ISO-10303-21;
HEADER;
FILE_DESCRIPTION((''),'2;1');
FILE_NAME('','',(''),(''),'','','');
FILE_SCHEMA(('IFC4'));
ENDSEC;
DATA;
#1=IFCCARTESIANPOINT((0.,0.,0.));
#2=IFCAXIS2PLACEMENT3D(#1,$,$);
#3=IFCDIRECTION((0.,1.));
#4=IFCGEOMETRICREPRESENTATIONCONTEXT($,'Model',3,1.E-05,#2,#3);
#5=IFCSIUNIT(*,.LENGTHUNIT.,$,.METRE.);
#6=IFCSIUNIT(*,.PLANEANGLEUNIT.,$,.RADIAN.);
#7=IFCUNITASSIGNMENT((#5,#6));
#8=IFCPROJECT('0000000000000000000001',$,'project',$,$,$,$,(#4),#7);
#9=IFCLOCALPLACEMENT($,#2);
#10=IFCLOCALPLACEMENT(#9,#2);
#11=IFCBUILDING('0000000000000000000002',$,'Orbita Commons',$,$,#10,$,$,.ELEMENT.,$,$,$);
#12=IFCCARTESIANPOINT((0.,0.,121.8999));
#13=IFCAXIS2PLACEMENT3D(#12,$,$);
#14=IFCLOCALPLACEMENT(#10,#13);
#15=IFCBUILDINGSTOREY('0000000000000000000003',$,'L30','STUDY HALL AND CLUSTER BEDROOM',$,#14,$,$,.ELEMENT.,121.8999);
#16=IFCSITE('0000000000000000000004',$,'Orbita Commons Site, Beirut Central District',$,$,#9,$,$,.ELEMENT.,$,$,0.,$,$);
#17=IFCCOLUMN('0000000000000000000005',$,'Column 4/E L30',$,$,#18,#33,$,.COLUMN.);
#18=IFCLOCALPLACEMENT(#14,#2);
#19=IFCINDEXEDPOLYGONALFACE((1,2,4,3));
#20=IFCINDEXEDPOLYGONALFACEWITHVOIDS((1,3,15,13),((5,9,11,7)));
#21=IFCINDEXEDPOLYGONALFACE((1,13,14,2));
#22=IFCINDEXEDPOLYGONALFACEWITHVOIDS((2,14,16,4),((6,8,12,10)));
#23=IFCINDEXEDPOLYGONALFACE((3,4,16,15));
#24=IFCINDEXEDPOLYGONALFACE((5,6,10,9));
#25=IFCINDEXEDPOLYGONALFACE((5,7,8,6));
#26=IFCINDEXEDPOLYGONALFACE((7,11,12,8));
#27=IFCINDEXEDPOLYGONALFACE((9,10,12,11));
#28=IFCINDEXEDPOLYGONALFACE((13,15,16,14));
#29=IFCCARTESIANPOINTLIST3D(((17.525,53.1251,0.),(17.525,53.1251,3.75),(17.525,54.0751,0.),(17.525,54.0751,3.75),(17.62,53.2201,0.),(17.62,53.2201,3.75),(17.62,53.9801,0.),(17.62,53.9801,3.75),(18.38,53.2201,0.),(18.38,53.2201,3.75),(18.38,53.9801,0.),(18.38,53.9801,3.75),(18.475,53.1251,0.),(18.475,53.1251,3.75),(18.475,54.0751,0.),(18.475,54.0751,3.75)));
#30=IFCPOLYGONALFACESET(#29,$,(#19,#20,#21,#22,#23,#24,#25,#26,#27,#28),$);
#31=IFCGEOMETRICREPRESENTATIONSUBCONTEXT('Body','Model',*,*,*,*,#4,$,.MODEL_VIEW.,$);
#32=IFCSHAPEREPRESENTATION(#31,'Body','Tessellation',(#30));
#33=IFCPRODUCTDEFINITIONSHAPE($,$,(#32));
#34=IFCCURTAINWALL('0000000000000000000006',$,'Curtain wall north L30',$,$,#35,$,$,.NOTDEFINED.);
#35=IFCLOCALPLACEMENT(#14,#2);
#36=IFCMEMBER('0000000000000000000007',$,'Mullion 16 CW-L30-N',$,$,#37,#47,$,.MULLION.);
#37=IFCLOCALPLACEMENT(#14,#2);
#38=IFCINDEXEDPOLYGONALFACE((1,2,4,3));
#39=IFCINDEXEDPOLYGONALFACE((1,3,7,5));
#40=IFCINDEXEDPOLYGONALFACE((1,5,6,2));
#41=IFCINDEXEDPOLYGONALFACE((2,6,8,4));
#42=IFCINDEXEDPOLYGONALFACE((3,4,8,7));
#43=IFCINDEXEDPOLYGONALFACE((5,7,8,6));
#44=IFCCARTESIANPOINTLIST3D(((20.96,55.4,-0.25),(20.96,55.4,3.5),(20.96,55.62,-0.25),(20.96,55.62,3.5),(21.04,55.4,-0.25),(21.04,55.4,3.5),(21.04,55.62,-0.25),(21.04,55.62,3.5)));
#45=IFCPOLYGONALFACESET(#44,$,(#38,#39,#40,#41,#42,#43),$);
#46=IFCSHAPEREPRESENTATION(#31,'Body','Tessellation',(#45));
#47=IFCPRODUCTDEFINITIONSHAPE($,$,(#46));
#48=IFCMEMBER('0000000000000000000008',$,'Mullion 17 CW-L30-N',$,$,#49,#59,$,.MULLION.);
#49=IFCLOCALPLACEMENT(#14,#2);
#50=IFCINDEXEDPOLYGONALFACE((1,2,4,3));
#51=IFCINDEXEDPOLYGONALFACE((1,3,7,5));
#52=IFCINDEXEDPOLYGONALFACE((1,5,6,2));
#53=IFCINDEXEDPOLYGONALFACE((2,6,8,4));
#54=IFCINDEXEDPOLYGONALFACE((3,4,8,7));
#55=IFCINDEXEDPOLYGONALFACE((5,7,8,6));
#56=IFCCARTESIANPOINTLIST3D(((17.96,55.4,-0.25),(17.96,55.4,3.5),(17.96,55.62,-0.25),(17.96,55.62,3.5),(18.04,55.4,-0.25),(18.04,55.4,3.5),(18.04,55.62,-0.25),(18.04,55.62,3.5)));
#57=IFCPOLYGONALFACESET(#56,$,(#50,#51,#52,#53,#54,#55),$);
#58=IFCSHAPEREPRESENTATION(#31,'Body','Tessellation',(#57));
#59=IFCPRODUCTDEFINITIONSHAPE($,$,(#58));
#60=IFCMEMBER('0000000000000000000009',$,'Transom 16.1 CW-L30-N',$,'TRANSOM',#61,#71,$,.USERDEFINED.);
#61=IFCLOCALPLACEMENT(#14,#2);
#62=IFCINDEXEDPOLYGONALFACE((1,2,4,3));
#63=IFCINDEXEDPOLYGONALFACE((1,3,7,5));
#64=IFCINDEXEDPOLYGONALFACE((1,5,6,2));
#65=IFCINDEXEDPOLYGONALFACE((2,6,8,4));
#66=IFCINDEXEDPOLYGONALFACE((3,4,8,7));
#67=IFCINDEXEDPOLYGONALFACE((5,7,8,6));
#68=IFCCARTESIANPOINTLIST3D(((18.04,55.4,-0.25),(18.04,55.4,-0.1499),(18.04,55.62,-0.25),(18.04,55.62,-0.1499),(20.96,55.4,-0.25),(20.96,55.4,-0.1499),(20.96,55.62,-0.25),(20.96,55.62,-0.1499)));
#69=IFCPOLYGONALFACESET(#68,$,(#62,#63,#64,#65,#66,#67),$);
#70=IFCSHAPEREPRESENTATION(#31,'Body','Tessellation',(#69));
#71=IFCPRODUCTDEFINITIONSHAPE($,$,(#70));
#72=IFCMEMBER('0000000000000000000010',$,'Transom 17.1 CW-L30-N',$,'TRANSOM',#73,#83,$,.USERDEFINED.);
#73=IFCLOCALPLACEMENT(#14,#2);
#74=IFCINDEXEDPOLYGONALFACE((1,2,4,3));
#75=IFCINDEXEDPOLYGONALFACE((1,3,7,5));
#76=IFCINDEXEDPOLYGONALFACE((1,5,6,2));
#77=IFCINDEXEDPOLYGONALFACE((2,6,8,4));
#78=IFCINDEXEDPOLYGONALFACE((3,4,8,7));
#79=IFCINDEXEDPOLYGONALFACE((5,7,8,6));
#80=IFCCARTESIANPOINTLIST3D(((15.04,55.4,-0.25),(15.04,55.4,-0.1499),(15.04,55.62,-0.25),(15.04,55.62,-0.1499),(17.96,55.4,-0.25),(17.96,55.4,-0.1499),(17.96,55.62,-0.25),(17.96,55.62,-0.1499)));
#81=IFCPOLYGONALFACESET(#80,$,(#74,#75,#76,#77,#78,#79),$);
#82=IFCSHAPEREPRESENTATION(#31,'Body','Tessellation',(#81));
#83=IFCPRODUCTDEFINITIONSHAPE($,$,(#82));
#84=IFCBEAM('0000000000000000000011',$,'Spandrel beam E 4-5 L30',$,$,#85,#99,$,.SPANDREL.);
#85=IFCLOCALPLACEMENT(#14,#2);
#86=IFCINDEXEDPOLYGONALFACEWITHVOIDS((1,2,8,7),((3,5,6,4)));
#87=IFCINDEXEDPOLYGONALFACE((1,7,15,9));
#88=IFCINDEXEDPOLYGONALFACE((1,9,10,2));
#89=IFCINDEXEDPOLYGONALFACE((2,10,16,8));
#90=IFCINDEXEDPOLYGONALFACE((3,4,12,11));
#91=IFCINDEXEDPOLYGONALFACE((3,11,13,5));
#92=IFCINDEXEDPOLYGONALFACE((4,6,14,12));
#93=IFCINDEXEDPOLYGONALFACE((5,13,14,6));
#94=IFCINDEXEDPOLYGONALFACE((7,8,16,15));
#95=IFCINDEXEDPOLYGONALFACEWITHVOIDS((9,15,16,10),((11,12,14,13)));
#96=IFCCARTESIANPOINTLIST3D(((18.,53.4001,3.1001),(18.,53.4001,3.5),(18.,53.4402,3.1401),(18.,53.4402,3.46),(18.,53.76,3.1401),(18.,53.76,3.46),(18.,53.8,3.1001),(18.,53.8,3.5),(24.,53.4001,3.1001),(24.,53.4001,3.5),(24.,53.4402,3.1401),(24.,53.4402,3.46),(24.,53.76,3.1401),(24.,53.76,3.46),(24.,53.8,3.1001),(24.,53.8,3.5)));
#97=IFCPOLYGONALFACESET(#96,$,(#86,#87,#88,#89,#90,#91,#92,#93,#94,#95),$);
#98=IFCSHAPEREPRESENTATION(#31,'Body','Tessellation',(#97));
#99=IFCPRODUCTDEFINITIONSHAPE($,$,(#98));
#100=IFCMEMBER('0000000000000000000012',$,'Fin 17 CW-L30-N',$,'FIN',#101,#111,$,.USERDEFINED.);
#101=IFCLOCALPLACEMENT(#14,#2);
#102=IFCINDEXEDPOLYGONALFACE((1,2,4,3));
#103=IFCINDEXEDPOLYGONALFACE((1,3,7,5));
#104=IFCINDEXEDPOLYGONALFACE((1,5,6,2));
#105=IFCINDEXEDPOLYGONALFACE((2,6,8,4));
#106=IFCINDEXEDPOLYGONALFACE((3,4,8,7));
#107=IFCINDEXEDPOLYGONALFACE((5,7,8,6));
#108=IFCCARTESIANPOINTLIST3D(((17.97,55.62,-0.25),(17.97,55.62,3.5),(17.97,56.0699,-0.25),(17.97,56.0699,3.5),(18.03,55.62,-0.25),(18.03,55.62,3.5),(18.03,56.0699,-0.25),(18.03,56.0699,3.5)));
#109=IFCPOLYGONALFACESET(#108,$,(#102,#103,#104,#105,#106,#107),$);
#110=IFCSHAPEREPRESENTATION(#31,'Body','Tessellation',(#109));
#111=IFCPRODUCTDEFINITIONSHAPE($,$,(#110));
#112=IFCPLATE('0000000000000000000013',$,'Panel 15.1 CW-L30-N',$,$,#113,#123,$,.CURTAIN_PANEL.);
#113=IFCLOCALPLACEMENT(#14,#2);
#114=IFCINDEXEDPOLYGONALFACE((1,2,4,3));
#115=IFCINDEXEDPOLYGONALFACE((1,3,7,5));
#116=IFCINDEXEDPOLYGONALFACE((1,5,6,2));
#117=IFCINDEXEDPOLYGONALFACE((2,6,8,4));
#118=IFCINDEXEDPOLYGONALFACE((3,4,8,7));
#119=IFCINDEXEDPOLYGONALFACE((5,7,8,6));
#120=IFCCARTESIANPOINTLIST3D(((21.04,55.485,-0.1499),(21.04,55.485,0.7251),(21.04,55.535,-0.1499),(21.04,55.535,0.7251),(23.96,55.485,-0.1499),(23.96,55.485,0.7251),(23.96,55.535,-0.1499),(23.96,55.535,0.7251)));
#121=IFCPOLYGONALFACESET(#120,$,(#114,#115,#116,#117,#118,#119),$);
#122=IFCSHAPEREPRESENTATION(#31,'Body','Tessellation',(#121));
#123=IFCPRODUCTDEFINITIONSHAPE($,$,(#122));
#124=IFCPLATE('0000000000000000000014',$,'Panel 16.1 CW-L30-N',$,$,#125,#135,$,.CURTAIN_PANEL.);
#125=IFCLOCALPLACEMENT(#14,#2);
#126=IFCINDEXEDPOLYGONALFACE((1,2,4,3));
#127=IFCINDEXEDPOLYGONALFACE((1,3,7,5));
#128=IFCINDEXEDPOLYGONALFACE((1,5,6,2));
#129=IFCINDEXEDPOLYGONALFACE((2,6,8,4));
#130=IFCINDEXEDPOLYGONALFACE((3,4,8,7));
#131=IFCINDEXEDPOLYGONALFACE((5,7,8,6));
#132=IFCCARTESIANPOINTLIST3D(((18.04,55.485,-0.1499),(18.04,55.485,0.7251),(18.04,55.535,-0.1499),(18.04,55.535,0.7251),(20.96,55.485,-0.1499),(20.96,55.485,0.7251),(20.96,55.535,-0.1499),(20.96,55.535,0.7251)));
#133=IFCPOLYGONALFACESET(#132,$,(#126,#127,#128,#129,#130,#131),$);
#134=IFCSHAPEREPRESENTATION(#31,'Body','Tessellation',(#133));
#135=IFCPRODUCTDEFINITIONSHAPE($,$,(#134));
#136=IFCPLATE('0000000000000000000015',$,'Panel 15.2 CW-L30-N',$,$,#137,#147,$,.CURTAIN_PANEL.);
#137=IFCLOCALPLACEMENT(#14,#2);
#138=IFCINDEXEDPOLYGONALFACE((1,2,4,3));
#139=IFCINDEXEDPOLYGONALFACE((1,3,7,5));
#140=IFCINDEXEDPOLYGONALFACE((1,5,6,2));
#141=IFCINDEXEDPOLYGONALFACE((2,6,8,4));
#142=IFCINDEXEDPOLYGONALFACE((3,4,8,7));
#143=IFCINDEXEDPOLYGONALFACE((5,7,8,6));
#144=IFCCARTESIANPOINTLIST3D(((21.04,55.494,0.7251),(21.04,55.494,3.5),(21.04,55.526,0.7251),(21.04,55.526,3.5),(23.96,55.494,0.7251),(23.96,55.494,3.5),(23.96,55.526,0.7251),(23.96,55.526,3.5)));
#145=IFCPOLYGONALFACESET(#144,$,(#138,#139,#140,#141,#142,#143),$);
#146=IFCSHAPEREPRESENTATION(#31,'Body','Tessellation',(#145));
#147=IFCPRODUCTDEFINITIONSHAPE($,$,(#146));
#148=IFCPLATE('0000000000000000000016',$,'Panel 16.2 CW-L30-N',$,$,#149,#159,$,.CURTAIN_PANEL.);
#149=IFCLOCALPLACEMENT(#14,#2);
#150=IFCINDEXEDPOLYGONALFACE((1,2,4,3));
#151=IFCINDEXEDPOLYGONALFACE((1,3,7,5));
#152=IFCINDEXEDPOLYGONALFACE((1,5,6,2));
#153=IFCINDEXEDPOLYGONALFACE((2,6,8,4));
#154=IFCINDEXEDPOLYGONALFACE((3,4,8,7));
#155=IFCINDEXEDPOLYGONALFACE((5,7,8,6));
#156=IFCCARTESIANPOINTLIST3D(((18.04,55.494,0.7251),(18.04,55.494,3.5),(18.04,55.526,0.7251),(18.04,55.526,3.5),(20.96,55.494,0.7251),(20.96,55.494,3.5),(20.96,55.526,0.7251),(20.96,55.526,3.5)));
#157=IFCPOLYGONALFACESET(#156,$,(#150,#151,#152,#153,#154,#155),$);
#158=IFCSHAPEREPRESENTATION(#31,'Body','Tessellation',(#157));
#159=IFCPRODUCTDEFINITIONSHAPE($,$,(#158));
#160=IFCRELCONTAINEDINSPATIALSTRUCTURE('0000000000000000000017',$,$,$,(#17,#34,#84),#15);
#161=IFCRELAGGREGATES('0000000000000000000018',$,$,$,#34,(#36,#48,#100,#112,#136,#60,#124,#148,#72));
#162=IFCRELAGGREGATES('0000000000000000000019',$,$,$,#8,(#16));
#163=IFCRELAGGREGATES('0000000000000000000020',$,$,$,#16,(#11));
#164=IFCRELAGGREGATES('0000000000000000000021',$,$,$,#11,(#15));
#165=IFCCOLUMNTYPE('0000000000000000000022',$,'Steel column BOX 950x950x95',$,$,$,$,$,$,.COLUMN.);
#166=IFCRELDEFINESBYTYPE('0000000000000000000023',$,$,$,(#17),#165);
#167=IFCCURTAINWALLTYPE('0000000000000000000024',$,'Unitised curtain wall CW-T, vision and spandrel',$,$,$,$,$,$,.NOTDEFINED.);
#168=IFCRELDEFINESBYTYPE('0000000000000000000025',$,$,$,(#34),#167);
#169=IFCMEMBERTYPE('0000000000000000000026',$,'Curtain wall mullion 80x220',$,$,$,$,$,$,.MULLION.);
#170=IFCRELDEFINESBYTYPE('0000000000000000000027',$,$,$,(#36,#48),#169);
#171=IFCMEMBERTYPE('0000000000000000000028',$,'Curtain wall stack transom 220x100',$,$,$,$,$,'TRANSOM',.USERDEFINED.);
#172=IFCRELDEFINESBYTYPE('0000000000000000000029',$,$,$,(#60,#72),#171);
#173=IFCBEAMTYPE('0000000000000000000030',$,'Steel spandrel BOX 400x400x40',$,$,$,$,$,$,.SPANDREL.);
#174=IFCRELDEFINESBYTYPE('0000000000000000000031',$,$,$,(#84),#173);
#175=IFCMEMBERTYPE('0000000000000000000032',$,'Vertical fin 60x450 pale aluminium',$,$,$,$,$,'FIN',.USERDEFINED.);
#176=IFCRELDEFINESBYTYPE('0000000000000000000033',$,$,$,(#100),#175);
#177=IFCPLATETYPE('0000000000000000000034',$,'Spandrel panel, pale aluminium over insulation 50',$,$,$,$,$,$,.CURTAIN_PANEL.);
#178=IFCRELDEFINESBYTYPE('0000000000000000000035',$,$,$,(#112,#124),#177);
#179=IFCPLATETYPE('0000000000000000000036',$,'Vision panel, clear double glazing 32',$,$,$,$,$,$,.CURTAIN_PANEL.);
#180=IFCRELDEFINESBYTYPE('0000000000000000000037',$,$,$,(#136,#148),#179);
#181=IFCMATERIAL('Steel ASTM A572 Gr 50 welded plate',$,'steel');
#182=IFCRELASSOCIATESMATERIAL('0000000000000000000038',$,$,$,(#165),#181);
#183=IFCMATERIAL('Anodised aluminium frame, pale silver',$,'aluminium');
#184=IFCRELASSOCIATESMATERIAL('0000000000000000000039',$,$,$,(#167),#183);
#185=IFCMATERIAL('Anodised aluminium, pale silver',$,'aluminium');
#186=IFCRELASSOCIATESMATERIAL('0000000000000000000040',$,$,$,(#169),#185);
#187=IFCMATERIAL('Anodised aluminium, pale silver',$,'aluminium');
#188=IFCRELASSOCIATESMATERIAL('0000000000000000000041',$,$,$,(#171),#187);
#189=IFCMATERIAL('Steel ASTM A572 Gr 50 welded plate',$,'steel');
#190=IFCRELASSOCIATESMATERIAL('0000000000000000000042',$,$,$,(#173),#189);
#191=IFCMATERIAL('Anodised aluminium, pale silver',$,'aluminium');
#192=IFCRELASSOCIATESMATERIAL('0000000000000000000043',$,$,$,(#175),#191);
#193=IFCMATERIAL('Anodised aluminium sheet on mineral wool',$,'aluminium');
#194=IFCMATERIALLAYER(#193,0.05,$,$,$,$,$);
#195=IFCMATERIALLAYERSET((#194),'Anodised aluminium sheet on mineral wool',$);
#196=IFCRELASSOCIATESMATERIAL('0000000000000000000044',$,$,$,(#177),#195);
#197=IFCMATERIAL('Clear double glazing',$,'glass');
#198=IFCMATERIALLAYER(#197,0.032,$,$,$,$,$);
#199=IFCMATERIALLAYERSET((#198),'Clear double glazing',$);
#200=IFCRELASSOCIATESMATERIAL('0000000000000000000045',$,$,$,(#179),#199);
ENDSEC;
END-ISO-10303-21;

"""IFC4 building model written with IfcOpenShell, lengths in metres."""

from ifc_helpers import new_model, si_unit, direction, frame, origin, origin_2d, place, context, subcontext, project, spatial, rectangle, hollow_rectangle, extrude, material, layer, layer_set, material_profile, profile_set, type_object, element, aggregate, save


model = new_model("IFC4")

# Units and contexts
model_context = context("Model", 3, precision=1e-05, world=origin(), true_north=direction((0.0, 1.0)))
body_context = subcontext(model_context, "Body", "Model", "MODEL_VIEW")
ifc_project = project(units=[si_unit("LENGTHUNIT", "METRE"), si_unit("PLANEANGLEUNIT", "RADIAN")], contexts=[model_context])

# Site, building, storey
site_placement = place(None, origin())
site = spatial("IfcSite", under=ifc_project, at=site_placement, Name="Orbita Commons Site, Beirut Central District", CompositionType="ELEMENT", RefElevation=0.0)
building_placement = place(site_placement, origin())
building = spatial("IfcBuilding", under=site, at=building_placement, Name="Orbita Commons", CompositionType="ELEMENT")
storey_placement = place(building_placement, frame((0.0, 0.0, 121.8999)))
storey = spatial("IfcBuildingStorey", under=building, at=storey_placement, Name="L30", Description="STUDY HALL AND CLUSTER BEDROOM", CompositionType="ELEMENT", Elevation=121.8999)

# Column
ifc_material_1 = material(Name="Steel ASTM A572 Gr 50 welded plate", Category="steel")
ifc_material_profile_1 = material_profile(ifc_material_1, hollow_rectangle(XDim=0.95, YDim=0.95, WallThickness=0.095, at=origin_2d()), Name="BOX 950x950x95")
ifc_profile_set_1 = profile_set([ifc_material_profile_1], Name="Steel ASTM A572 Gr 50 welded plate")
column_type = type_object("IfcColumnType", Name="Steel column BOX 950x950x95", PredefinedType="COLUMN", material=ifc_profile_set_1)
column_placement = place(storey_placement, frame((18.0, 53.6001, 0.0), z_axis=(0.0, 0.0, 1.0), x_axis=(1.0, 0.0, 0.0)))
element("IfcColumn", 1, at=column_placement, inside=storey, type_object=column_type, Name="Column 4/E L30", PredefinedType="COLUMN", context=body_context, shape_type="SweptSolid", body=[
    extrude(hollow_rectangle(XDim=0.95, YDim=0.95, WallThickness=0.095, at=origin_2d()), origin(), (0.0, 0.0, 1.0), 3.75),
])

# Curtain wall, members
ifc_material_2 = material(Name="Anodised aluminium frame, pale silver", Category="aluminium")
curtain_wall_type = type_object("IfcCurtainWallType", Name="Unitised curtain wall CW-T, vision and spandrel", PredefinedType="NOTDEFINED", material=ifc_material_2)
curtain_wall_placement = place(storey_placement, origin())
curtain_wall = element("IfcCurtainWall", 2, at=curtain_wall_placement, inside=storey, type_object=curtain_wall_type, Name="Curtain wall north L30", PredefinedType="NOTDEFINED")
ifc_material_3 = material(Name="Anodised aluminium, pale silver", Category="aluminium")
ifc_material_profile_2 = material_profile(ifc_material_3, rectangle(XDim=0.0801, YDim=0.22, at=origin_2d()), Name="AL 80x220")
ifc_profile_set_2 = profile_set([ifc_material_profile_2], Name="Anodised aluminium, pale silver")
member_type_1 = type_object("IfcMemberType", Name="Curtain wall mullion 80x220", PredefinedType="MULLION", material=ifc_profile_set_2)
member_1_placement = place(storey_placement, frame((21.0, 55.51, -0.25), z_axis=(0.0, 0.0, 1.0), x_axis=(-1.0, 0.0, 0.0)))
member_1 = element("IfcMember", 3, at=member_1_placement, type_object=member_type_1, Name="Mullion 16 CW-L30-N", PredefinedType="MULLION", context=body_context, shape_type="SweptSolid", body=[
    extrude(rectangle(XDim=0.0801, YDim=0.22, at=origin_2d()), origin(), (0.0, 0.0, 1.0), 3.75),
])
member_2_placement = place(storey_placement, frame((18.0, 55.51, -0.25), z_axis=(0.0, 0.0, 1.0), x_axis=(-1.0, 0.0, 0.0)))
member_2 = element("IfcMember", 4, at=member_2_placement, type_object=member_type_1, Name="Mullion 17 CW-L30-N", PredefinedType="MULLION", context=body_context, shape_type="SweptSolid", body=[
    extrude(rectangle(XDim=0.0801, YDim=0.22, at=origin_2d()), origin(), (0.0, 0.0, 1.0), 3.75),
])
ifc_material_4 = material(Name="Anodised aluminium, pale silver", Category="aluminium")
ifc_material_profile_3 = material_profile(ifc_material_4, rectangle(XDim=0.22, YDim=0.1001, at=origin_2d()), Name="AL 220x100")
ifc_profile_set_3 = profile_set([ifc_material_profile_3], Name="Anodised aluminium, pale silver")
member_type_2 = type_object("IfcMemberType", Name="Curtain wall stack transom 220x100", ElementType="TRANSOM", PredefinedType="USERDEFINED", material=ifc_profile_set_3)
member_3_placement = place(storey_placement, frame((20.96, 55.51, -0.2), z_axis=(-1.0, 0.0, 0.0), x_axis=(0.0, -1.0, 0.0)))
member_3 = element("IfcMember", 5, at=member_3_placement, type_object=member_type_2, Name="Transom 16.1 CW-L30-N", ObjectType="TRANSOM", PredefinedType="USERDEFINED", context=body_context, shape_type="SweptSolid", body=[
    extrude(rectangle(XDim=0.22, YDim=0.1001, at=origin_2d()), origin(), (0.0, 0.0, 1.0), 2.9199),
])
member_4_placement = place(storey_placement, frame((17.96, 55.51, -0.2), z_axis=(-1.0, 0.0, 0.0), x_axis=(0.0, -1.0, 0.0)))
member_4 = element("IfcMember", 6, at=member_4_placement, type_object=member_type_2, Name="Transom 17.1 CW-L30-N", ObjectType="TRANSOM", PredefinedType="USERDEFINED", context=body_context, shape_type="SweptSolid", body=[
    extrude(rectangle(XDim=0.22, YDim=0.1001, at=origin_2d()), origin(), (0.0, 0.0, 1.0), 2.9199),
])

# Beam
ifc_material_5 = material(Name="Steel ASTM A572 Gr 50 welded plate", Category="steel")
ifc_material_profile_4 = material_profile(ifc_material_5, hollow_rectangle(XDim=0.3999, YDim=0.3999, WallThickness=0.04, at=origin_2d()), Name="BOX 400x400x40")
ifc_profile_set_4 = profile_set([ifc_material_profile_4], Name="Steel ASTM A572 Gr 50 welded plate")
beam_type = type_object("IfcBeamType", Name="Steel spandrel BOX 400x400x40", PredefinedType="SPANDREL", material=ifc_profile_set_4)
beam_placement = place(storey_placement, frame((18.0, 53.6001, 3.3), z_axis=(1.0, 0.0, 0.0), x_axis=(0.0, 1.0, 0.0)))
element("IfcBeam", 7, at=beam_placement, inside=storey, type_object=beam_type, Name="Spandrel beam E 4-5 L30", PredefinedType="SPANDREL", context=body_context, shape_type="SweptSolid", body=[
    extrude(hollow_rectangle(XDim=0.3999, YDim=0.3999, WallThickness=0.04, at=origin_2d()), origin(), (0.0, 0.0, 1.0), 6.0),
])

# Member
ifc_material_6 = material(Name="Anodised aluminium, pale silver", Category="aluminium")
ifc_material_profile_5 = material_profile(ifc_material_6, rectangle(XDim=0.0601, YDim=0.45, at=origin_2d()), Name="FIN 60x450")
ifc_profile_set_5 = profile_set([ifc_material_profile_5], Name="Anodised aluminium, pale silver")
member_type_3 = type_object("IfcMemberType", Name="Vertical fin 60x450 pale aluminium", ElementType="FIN", PredefinedType="USERDEFINED", material=ifc_profile_set_5)
member_5_placement = place(storey_placement, frame((18.0, 55.845, -0.25), z_axis=(0.0, 0.0, 1.0), x_axis=(-1.0, 0.0, 0.0)))
member_5 = element("IfcMember", 8, at=member_5_placement, type_object=member_type_3, Name="Fin 17 CW-L30-N", ObjectType="FIN", PredefinedType="USERDEFINED", context=body_context, shape_type="SweptSolid", body=[
    extrude(rectangle(XDim=0.0601, YDim=0.45, at=origin_2d()), origin(), (0.0, 0.0, 1.0), 3.75),
])

# Plates
ifc_material_7 = material(Name="Anodised aluminium sheet on mineral wool", Category="aluminium")
ifc_layer_1 = layer(ifc_material_7, 0.05)
ifc_layer_set_1 = layer_set([ifc_layer_1], Name="Anodised aluminium sheet on mineral wool")
plate_type_1 = type_object("IfcPlateType", Name="Spandrel panel, pale aluminium over insulation 50", PredefinedType="CURTAIN_PANEL", material=ifc_layer_set_1)
plate_1_placement = place(storey_placement, frame((22.5, 55.51, -0.1499), z_axis=(0.0, 0.0, 1.0), x_axis=(-1.0, 0.0, 0.0)))
plate_1 = element("IfcPlate", 9, at=plate_1_placement, type_object=plate_type_1, Name="Panel 15.1 CW-L30-N", PredefinedType="CURTAIN_PANEL", context=body_context, shape_type="SweptSolid", body=[
    extrude(rectangle(XDim=2.9199, YDim=0.05, at=origin_2d()), origin(), (0.0, 0.0, 1.0), 0.875),
])
plate_2_placement = place(storey_placement, frame((19.5, 55.51, -0.1499), z_axis=(0.0, 0.0, 1.0), x_axis=(-1.0, 0.0, 0.0)))
plate_2 = element("IfcPlate", 10, at=plate_2_placement, type_object=plate_type_1, Name="Panel 16.1 CW-L30-N", PredefinedType="CURTAIN_PANEL", context=body_context, shape_type="SweptSolid", body=[
    extrude(rectangle(XDim=2.9199, YDim=0.05, at=origin_2d()), origin(), (0.0, 0.0, 1.0), 0.875),
])
ifc_material_8 = material(Name="Clear double glazing", Category="glass")
ifc_layer_2 = layer(ifc_material_8, 0.032)
ifc_layer_set_2 = layer_set([ifc_layer_2], Name="Clear double glazing")
plate_type_2 = type_object("IfcPlateType", Name="Vision panel, clear double glazing 32", PredefinedType="CURTAIN_PANEL", material=ifc_layer_set_2)
plate_3_placement = place(storey_placement, frame((22.5, 55.51, 0.7251), z_axis=(0.0, 0.0, 1.0), x_axis=(-1.0, 0.0, 0.0)))
plate_3 = element("IfcPlate", 11, at=plate_3_placement, type_object=plate_type_2, Name="Panel 15.2 CW-L30-N", PredefinedType="CURTAIN_PANEL", context=body_context, shape_type="SweptSolid", body=[
    extrude(rectangle(XDim=2.9199, YDim=0.032, at=origin_2d()), origin(), (0.0, 0.0, 1.0), 2.7749),
])
plate_4_placement = place(storey_placement, frame((19.5, 55.51, 0.7251), z_axis=(0.0, 0.0, 1.0), x_axis=(-1.0, 0.0, 0.0)))
plate_4 = element("IfcPlate", 12, at=plate_4_placement, type_object=plate_type_2, Name="Panel 16.2 CW-L30-N", PredefinedType="CURTAIN_PANEL", context=body_context, shape_type="SweptSolid", body=[
    extrude(rectangle(XDim=2.9199, YDim=0.032, at=origin_2d()), origin(), (0.0, 0.0, 1.0), 2.7749),
])
aggregate(curtain_wall, [member_1, member_2, member_5, plate_1, plate_3, member_3, plate_2, plate_4, member_4])

save(model, "model.ifc")
